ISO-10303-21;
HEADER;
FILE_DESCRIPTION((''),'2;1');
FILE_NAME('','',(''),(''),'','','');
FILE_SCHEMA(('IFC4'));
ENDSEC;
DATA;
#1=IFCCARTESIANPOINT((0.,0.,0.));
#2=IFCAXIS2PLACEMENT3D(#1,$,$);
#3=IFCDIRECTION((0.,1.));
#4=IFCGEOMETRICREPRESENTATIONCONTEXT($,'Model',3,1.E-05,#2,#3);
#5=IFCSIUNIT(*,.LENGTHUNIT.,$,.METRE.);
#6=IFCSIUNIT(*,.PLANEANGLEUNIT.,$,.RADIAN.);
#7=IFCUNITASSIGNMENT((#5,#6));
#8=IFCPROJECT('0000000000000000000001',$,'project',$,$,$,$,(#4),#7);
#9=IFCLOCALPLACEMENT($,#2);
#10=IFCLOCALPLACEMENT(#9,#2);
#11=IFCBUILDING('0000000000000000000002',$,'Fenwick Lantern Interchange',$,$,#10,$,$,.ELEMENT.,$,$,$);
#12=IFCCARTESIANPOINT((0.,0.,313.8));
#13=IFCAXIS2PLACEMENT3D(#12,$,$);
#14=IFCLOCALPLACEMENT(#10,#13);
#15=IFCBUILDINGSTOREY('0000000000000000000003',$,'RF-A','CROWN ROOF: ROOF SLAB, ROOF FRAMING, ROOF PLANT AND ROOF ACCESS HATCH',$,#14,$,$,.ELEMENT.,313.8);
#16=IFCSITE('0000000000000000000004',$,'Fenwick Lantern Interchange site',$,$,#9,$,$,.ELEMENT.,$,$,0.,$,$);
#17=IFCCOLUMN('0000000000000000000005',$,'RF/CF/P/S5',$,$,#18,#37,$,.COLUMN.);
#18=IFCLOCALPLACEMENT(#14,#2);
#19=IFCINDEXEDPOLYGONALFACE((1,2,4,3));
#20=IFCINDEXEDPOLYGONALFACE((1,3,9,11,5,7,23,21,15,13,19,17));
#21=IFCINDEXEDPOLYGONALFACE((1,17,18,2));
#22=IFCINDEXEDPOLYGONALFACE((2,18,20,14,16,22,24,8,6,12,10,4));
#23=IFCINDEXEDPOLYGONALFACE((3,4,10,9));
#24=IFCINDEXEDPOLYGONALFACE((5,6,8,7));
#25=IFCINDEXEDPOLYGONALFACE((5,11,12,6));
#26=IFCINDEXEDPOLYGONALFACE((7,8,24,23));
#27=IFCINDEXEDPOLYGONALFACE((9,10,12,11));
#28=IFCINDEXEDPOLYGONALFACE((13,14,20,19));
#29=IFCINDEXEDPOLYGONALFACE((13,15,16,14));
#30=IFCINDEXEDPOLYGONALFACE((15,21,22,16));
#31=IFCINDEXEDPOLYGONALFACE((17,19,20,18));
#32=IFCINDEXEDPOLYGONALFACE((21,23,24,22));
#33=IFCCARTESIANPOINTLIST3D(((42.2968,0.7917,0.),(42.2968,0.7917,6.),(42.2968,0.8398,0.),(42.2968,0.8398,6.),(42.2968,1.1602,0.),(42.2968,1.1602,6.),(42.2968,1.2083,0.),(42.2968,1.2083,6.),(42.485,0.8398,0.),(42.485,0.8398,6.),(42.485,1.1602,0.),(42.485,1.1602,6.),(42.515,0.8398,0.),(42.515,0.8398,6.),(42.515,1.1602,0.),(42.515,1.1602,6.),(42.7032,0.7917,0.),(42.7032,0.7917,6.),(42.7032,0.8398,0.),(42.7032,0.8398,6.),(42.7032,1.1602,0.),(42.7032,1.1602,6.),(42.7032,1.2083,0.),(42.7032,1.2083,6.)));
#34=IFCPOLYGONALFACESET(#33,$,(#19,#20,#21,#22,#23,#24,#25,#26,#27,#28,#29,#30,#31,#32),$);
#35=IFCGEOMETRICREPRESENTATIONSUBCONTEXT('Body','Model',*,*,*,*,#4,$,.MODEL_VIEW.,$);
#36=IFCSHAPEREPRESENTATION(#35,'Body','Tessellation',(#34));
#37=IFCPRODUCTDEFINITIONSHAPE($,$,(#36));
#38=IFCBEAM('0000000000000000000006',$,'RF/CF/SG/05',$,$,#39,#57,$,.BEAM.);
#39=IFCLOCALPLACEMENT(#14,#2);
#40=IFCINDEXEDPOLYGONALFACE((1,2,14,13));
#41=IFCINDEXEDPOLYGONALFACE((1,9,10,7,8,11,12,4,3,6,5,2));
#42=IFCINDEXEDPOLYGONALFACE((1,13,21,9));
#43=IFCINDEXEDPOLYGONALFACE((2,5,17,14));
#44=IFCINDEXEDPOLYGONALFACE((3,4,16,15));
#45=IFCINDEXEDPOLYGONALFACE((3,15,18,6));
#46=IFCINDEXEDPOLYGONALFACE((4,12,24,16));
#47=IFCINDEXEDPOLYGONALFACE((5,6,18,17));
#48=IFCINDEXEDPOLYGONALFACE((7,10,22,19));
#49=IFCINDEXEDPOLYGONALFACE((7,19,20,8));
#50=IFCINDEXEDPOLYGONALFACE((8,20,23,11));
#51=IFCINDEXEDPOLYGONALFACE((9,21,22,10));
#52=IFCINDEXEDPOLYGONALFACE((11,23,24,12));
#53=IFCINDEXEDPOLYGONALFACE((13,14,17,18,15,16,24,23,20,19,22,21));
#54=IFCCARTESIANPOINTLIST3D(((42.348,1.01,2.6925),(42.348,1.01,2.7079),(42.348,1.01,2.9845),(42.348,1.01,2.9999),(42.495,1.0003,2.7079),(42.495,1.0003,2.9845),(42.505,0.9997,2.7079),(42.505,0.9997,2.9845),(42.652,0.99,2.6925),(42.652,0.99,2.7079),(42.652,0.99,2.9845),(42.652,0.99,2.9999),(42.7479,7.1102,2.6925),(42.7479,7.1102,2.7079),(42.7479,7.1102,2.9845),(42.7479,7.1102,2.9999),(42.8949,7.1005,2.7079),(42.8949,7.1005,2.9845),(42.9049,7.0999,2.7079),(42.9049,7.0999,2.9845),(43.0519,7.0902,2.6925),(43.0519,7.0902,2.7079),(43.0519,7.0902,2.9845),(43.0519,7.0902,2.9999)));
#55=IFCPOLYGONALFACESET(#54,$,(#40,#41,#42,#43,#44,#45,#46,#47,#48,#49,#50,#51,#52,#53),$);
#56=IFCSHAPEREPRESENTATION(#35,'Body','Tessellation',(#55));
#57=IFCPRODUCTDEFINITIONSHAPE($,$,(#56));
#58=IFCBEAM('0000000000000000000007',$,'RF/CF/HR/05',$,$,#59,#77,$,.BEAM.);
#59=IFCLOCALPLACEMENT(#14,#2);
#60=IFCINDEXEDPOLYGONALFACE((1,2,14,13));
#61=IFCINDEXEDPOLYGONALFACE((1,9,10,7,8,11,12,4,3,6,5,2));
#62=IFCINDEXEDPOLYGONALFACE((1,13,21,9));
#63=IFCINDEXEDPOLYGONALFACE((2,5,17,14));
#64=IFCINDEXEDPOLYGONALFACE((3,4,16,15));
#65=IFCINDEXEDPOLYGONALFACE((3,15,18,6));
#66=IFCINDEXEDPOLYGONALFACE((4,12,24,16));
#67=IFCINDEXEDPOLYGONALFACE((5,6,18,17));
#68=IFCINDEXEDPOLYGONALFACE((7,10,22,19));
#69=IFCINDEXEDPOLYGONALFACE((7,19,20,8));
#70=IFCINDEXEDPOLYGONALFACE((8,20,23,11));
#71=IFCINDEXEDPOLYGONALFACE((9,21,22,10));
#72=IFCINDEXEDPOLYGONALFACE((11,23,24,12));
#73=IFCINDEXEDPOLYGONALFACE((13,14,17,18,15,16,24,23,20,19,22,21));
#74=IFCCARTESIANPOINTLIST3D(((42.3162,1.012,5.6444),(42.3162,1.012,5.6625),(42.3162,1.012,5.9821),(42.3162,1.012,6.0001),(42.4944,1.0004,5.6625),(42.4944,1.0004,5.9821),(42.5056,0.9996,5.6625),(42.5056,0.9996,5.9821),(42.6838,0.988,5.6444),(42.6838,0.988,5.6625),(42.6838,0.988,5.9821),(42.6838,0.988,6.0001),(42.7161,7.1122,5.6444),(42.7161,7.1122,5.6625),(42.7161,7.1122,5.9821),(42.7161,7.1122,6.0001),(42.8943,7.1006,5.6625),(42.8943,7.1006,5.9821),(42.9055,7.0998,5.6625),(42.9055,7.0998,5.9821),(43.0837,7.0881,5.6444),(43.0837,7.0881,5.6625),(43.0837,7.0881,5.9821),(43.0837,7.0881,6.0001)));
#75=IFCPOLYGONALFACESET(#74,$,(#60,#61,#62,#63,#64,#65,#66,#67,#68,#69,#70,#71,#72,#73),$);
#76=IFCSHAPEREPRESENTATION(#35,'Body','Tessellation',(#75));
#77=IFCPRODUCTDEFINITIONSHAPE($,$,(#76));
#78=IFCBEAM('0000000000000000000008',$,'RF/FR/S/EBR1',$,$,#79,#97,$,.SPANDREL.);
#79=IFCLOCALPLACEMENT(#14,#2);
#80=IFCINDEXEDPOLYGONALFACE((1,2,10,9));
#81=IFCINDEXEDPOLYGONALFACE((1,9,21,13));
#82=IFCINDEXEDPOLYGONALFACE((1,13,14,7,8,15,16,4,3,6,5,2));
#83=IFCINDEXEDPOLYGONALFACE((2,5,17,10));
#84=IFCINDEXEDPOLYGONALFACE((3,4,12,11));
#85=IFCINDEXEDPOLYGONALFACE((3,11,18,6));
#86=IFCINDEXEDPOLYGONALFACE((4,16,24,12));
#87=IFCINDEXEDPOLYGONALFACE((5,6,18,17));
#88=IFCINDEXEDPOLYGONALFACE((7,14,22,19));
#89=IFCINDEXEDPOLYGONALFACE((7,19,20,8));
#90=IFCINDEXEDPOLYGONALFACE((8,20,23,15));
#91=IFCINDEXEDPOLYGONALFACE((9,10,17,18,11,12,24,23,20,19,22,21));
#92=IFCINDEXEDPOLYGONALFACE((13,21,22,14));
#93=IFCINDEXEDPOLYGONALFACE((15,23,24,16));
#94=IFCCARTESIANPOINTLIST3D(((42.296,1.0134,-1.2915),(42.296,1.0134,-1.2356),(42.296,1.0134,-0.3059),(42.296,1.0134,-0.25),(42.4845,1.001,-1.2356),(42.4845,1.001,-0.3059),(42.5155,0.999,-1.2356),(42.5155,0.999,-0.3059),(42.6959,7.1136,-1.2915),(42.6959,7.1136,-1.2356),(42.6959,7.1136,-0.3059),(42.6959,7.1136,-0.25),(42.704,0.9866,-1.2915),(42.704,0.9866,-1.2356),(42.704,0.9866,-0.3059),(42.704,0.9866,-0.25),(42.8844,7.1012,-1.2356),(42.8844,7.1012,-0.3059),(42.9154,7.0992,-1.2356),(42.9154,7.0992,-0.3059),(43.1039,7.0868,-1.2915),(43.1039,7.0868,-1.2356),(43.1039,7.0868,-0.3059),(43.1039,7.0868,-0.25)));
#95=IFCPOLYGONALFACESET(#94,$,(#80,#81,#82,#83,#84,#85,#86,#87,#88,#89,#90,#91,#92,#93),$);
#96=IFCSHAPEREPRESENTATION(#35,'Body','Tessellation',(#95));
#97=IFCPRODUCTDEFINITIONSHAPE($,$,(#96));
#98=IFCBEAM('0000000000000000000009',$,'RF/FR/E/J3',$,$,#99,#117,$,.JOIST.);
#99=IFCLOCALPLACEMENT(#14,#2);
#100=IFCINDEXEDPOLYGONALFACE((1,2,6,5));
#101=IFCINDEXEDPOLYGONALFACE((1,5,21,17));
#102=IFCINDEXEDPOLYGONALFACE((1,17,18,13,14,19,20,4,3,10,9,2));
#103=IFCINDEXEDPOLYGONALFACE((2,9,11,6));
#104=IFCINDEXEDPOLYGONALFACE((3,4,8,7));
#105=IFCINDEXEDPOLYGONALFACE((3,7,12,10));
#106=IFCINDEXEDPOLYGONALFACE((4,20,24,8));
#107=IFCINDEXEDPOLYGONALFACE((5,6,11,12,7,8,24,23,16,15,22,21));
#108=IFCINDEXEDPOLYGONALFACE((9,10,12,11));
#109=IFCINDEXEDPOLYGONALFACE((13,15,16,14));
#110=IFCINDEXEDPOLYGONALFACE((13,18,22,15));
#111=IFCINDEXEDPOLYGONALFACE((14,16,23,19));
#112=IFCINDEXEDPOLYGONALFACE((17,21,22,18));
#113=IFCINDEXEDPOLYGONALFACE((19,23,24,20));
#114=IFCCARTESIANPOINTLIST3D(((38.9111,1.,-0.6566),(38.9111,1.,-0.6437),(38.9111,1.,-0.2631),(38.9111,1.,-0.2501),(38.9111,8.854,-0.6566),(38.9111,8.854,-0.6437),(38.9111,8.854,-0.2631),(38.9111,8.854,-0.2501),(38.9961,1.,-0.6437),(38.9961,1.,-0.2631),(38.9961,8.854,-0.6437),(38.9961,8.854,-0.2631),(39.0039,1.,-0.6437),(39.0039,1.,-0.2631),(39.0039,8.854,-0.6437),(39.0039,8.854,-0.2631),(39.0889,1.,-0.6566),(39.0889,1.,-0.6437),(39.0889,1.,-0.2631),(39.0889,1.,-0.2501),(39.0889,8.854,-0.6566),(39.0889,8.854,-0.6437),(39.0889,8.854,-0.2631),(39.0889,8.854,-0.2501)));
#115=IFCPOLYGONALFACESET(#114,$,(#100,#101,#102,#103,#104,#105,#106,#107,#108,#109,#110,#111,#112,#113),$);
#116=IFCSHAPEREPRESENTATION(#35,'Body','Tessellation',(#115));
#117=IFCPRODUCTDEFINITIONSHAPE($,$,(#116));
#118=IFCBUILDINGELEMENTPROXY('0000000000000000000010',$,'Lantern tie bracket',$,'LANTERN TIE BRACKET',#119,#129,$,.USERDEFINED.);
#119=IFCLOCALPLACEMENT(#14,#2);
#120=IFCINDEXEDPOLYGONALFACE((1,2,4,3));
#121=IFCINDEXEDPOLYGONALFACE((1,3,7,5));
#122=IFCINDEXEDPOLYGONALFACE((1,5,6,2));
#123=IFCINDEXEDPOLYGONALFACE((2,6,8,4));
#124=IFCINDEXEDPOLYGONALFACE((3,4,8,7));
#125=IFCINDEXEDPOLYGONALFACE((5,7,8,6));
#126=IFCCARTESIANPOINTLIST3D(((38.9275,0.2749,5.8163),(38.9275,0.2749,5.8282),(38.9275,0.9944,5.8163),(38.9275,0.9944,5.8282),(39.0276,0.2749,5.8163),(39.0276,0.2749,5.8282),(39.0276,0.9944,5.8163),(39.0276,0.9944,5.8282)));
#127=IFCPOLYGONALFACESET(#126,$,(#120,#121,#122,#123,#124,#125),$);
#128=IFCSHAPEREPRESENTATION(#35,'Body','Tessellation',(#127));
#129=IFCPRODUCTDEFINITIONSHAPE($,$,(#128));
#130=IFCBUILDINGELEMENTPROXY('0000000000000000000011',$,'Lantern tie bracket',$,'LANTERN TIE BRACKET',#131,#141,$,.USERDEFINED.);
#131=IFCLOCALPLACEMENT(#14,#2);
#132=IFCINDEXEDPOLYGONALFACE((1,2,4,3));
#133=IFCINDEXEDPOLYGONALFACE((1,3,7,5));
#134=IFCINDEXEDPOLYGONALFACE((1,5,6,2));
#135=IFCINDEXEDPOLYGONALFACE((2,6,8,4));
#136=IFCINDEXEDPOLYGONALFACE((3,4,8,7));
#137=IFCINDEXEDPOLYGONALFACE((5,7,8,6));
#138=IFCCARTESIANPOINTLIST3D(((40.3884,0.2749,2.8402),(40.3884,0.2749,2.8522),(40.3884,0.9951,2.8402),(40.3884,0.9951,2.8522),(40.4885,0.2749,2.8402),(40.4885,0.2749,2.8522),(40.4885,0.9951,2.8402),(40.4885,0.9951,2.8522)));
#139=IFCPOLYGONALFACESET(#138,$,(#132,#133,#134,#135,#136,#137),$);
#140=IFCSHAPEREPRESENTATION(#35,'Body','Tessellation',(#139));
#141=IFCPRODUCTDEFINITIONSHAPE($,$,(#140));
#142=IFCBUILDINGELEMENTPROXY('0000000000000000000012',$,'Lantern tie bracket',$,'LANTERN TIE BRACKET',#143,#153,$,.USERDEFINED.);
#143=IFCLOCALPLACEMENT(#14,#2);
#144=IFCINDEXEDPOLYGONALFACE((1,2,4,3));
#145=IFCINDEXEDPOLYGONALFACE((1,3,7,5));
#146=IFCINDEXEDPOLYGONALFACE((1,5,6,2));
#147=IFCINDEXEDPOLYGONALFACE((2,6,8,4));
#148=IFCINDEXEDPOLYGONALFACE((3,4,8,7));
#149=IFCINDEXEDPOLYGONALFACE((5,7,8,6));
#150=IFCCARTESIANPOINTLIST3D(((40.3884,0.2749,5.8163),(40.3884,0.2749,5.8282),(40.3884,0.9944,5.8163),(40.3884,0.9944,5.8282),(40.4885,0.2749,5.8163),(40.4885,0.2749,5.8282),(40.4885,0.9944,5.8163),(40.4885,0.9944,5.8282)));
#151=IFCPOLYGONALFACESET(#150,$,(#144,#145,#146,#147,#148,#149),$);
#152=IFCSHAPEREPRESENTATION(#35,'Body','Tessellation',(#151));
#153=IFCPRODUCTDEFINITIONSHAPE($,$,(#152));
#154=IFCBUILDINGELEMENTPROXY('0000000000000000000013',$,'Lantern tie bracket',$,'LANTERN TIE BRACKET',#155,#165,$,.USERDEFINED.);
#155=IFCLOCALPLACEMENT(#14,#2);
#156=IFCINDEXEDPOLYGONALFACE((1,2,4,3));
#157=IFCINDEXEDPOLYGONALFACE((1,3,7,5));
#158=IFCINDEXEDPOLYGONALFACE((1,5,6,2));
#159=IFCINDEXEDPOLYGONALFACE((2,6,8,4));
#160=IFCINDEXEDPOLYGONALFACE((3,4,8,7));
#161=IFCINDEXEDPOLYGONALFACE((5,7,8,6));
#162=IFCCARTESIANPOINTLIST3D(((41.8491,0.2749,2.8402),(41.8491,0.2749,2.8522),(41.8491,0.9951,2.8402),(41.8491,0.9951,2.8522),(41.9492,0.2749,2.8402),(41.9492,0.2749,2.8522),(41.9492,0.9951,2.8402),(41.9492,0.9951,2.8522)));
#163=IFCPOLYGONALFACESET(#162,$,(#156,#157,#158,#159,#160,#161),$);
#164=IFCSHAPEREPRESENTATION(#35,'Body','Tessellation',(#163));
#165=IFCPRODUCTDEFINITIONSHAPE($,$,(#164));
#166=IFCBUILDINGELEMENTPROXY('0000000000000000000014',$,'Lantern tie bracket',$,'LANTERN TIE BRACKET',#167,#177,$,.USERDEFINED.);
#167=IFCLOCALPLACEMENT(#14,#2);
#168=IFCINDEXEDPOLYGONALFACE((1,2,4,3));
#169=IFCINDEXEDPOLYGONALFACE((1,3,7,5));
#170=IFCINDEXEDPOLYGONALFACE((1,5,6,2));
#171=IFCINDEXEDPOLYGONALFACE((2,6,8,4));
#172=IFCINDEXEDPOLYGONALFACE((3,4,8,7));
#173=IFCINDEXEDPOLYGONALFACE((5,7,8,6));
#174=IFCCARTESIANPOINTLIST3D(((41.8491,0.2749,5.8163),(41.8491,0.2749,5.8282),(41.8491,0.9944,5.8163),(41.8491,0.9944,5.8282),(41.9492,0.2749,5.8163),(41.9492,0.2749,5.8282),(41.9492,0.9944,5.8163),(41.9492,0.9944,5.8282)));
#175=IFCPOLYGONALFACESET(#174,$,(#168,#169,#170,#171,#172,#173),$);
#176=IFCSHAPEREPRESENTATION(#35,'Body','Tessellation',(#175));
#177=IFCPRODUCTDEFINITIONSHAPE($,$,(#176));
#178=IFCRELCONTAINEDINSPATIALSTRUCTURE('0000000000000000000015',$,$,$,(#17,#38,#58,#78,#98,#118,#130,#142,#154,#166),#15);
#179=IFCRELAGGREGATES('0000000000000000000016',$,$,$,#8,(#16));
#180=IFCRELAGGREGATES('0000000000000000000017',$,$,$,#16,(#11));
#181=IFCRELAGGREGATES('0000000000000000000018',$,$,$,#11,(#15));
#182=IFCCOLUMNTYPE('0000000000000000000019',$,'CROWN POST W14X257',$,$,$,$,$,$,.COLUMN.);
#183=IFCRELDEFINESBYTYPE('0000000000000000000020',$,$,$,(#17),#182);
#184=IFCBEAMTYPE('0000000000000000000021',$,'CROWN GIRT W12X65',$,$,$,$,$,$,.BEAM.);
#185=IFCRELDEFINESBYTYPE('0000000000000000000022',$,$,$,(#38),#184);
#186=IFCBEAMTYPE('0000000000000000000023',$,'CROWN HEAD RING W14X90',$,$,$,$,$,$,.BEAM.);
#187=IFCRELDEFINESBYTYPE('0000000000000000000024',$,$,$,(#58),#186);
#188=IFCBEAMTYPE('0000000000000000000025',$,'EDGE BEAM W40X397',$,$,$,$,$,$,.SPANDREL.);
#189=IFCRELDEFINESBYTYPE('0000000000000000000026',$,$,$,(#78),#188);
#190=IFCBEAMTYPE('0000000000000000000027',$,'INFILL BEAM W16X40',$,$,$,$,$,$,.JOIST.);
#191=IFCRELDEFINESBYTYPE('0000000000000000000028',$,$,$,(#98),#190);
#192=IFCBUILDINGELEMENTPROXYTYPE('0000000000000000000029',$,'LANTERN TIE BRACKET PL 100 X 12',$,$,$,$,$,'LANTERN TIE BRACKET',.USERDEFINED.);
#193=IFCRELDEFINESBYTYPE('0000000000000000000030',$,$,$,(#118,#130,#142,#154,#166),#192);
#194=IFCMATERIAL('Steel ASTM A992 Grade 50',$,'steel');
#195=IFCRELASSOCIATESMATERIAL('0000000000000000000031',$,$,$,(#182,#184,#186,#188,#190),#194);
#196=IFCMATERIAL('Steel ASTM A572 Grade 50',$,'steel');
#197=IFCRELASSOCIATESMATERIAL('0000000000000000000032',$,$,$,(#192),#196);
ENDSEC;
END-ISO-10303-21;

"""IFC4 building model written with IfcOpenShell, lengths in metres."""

from ifc_helpers import new_model, si_unit, direction, frame, origin, origin_2d, place, context, subcontext, project, spatial, rectangle, i_section, extrude, material, material_profile, profile_set, type_object, element, save


model = new_model("IFC4")

# Units and contexts
model_context = context("Model", 3, precision=1e-05, world=origin(), true_north=direction((0.0, 1.0)))
body_context = subcontext(model_context, "Body", "Model", "MODEL_VIEW")
ifc_project = project(units=[si_unit("LENGTHUNIT", "METRE"), si_unit("PLANEANGLEUNIT", "RADIAN")], contexts=[model_context])

# Site, building, storey
site_placement = place(None, origin())
site = spatial("IfcSite", under=ifc_project, at=site_placement, Name="Fenwick Lantern Interchange site", CompositionType="ELEMENT", RefElevation=0.0)
building_placement = place(site_placement, origin())
building = spatial("IfcBuilding", under=site, at=building_placement, Name="Fenwick Lantern Interchange", CompositionType="ELEMENT")
storey_placement = place(building_placement, frame((0.0, 0.0, 313.8)))
storey = spatial("IfcBuildingStorey", under=building, at=storey_placement, Name="RF-A", Description="CROWN ROOF: ROOF SLAB, ROOF FRAMING, ROOF PLANT AND ROOF ACCESS HATCH", CompositionType="ELEMENT", Elevation=313.8)

# Column
ifc_material_1 = material(Name="Steel ASTM A992 Grade 50", Category="steel")
ifc_material_profile_1 = material_profile(ifc_material_1, i_section(OverallWidth=0.4065, OverallDepth=0.4165, WebThickness=0.03, FlangeThickness=0.0481, at=origin_2d()), Name="W14X257")
ifc_profile_set_1 = profile_set([ifc_material_profile_1], Name="Steel ASTM A992 Grade 50")
column_type = type_object("IfcColumnType", Name="CROWN POST W14X257", PredefinedType="COLUMN", material=ifc_profile_set_1)
column_placement = place(storey_placement, frame((42.5, 1.0, 0.0), z_axis=(0.0, 0.0, 1.0), x_axis=(1.0, 0.0, 0.0)))
element("IfcColumn", 1, at=column_placement, inside=storey, type_object=column_type, Name="RF/CF/P/S5", PredefinedType="COLUMN", context=body_context, shape_type="SweptSolid", body=[
    extrude(i_section(OverallWidth=0.4065, OverallDepth=0.4165, WebThickness=0.03, FlangeThickness=0.0481, at=origin_2d()), origin(), (0.0, 0.0, 1.0), 6.0),
])

# Beams
ifc_material_profile_2 = material_profile(ifc_material_1, i_section(OverallWidth=0.3047, OverallDepth=0.3074, WebThickness=0.01, FlangeThickness=0.0154, at=origin_2d()), Name="W12X65")
ifc_profile_set_2 = profile_set([ifc_material_profile_2], Name="Steel ASTM A992 Grade 50")
beam_type_1 = type_object("IfcBeamType", Name="CROWN GIRT W12X65", PredefinedType="BEAM", material=ifc_profile_set_2)
beam_1_placement = place(storey_placement, frame((42.5, 1.0, 2.8462), z_axis=(0.065416, 0.997858, 0.0), x_axis=(-0.997858, 0.065416, 0.0)))
element("IfcBeam", 2, at=beam_1_placement, inside=storey, type_object=beam_type_1, Name="RF/CF/SG/05", PredefinedType="BEAM", context=body_context, shape_type="SweptSolid", body=[
    extrude(i_section(OverallWidth=0.3047, OverallDepth=0.3074, WebThickness=0.01, FlangeThickness=0.0154, at=origin_2d()), origin(), (0.0, 0.0, 1.0), 6.1133),
])
ifc_material_profile_3 = material_profile(ifc_material_1, i_section(OverallWidth=0.3684, OverallDepth=0.3557, WebThickness=0.0112, FlangeThickness=0.0181, at=origin_2d()), Name="W14X90")
ifc_profile_set_3 = profile_set([ifc_material_profile_3], Name="Steel ASTM A992 Grade 50")
beam_type_2 = type_object("IfcBeamType", Name="CROWN HEAD RING W14X90", PredefinedType="BEAM", material=ifc_profile_set_3)
beam_2_placement = place(storey_placement, frame((42.5, 1.0, 5.8223), z_axis=(0.065416, 0.997858, 0.0), x_axis=(-0.997858, 0.065416, 0.0)))
element("IfcBeam", 3, at=beam_2_placement, inside=storey, type_object=beam_type_2, Name="RF/CF/HR/05", PredefinedType="BEAM", context=body_context, shape_type="SweptSolid", body=[
    extrude(i_section(OverallWidth=0.3684, OverallDepth=0.3557, WebThickness=0.0112, FlangeThickness=0.0181, at=origin_2d()), origin(), (0.0, 0.0, 1.0), 6.1133),
])
ifc_material_profile_4 = material_profile(ifc_material_1, i_section(OverallWidth=0.4089, OverallDepth=1.0415, WebThickness=0.031, FlangeThickness=0.0559, at=origin_2d()), Name="W40X397")
ifc_profile_set_4 = profile_set([ifc_material_profile_4], Name="Steel ASTM A992 Grade 50")
beam_type_3 = type_object("IfcBeamType", Name="EDGE BEAM W40X397", PredefinedType="SPANDREL", material=ifc_profile_set_4)
beam_3_placement = place(storey_placement, frame((42.5, 1.0, -0.7708), z_axis=(0.065416, 0.997858, 0.0), x_axis=(-0.997858, 0.065416, 0.0)))
element("IfcBeam", 4, at=beam_3_placement, inside=storey, type_object=beam_type_3, Name="RF/FR/S/EBR1", PredefinedType="SPANDREL", context=body_context, shape_type="SweptSolid", body=[
    extrude(i_section(OverallWidth=0.4089, OverallDepth=1.0415, WebThickness=0.031, FlangeThickness=0.0559, at=origin_2d()), origin(), (0.0, 0.0, 1.0), 6.1133),
])
ifc_material_profile_5 = material_profile(ifc_material_1, i_section(OverallWidth=0.1777, OverallDepth=0.4065, WebThickness=0.0078, FlangeThickness=0.0129, at=origin_2d()), Name="W16X40")
ifc_profile_set_5 = profile_set([ifc_material_profile_5], Name="Steel ASTM A992 Grade 50")
beam_type_4 = type_object("IfcBeamType", Name="INFILL BEAM W16X40", PredefinedType="JOIST", material=ifc_profile_set_5)
beam_4_placement = place(storey_placement, frame((39.0, 1.0, -0.4534), z_axis=(0.0, 1.0, 0.0), x_axis=(-1.0, 0.0, 0.0)))
element("IfcBeam", 5, at=beam_4_placement, inside=storey, type_object=beam_type_4, Name="RF/FR/E/J3", PredefinedType="JOIST", context=body_context, shape_type="SweptSolid", body=[
    extrude(i_section(OverallWidth=0.1777, OverallDepth=0.4065, WebThickness=0.0078, FlangeThickness=0.0129, at=origin_2d()), origin(), (0.0, 0.0, 1.0), 7.854),
])

# Building element proxies
ifc_material_2 = material(Name="Steel ASTM A572 Grade 50", Category="steel")
ifc_material_profile_6 = material_profile(ifc_material_2, rectangle(XDim=0.1001, YDim=0.012, at=origin_2d()), Name="PL100X12")
ifc_profile_set_6 = profile_set([ifc_material_profile_6], Name="Steel ASTM A572 Grade 50")
building_element_proxy_type = type_object("IfcBuildingElementProxyType", Name="LANTERN TIE BRACKET PL 100 X 12", ElementType="LANTERN TIE BRACKET", PredefinedType="USERDEFINED", material=ifc_profile_set_6)
proxy_1_placement = place(storey_placement, frame((38.9775, 0.2749, 5.8223), z_axis=(0.0, 1.0, 0.0), x_axis=(-1.0, 0.0, 0.0)))
element("IfcBuildingElementProxy", 6, at=proxy_1_placement, inside=storey, type_object=building_element_proxy_type, Name="Lantern tie bracket", ObjectType="LANTERN TIE BRACKET", PredefinedType="USERDEFINED", context=body_context, shape_type="SweptSolid", body=[
    extrude(rectangle(XDim=0.1001, YDim=0.012, at=origin_2d()), origin(), (0.0, 0.0, 1.0), 0.7195),
])
proxy_2_placement = place(storey_placement, frame((40.4385, 0.2749, 2.8462), z_axis=(0.0, 1.0, 0.0), x_axis=(-1.0, 0.0, 0.0)))
element("IfcBuildingElementProxy", 7, at=proxy_2_placement, inside=storey, type_object=building_element_proxy_type, Name="Lantern tie bracket", ObjectType="LANTERN TIE BRACKET", PredefinedType="USERDEFINED", context=body_context, shape_type="SweptSolid", body=[
    extrude(rectangle(XDim=0.1001, YDim=0.012, at=origin_2d()), origin(), (0.0, 0.0, 1.0), 0.7202),
])
proxy_3_placement = place(storey_placement, frame((40.4385, 0.2749, 5.8223), z_axis=(0.0, 1.0, 0.0), x_axis=(-1.0, 0.0, 0.0)))
element("IfcBuildingElementProxy", 8, at=proxy_3_placement, inside=storey, type_object=building_element_proxy_type, Name="Lantern tie bracket", ObjectType="LANTERN TIE BRACKET", PredefinedType="USERDEFINED", context=body_context, shape_type="SweptSolid", body=[
    extrude(rectangle(XDim=0.1001, YDim=0.012, at=origin_2d()), origin(), (0.0, 0.0, 1.0), 0.7195),
])
proxy_4_placement = place(storey_placement, frame((41.8992, 0.2749, 2.8462), z_axis=(0.0, 1.0, 0.0), x_axis=(-1.0, 0.0, 0.0)))
element("IfcBuildingElementProxy", 9, at=proxy_4_placement, inside=storey, type_object=building_element_proxy_type, Name="Lantern tie bracket", ObjectType="LANTERN TIE BRACKET", PredefinedType="USERDEFINED", context=body_context, shape_type="SweptSolid", body=[
    extrude(rectangle(XDim=0.1001, YDim=0.012, at=origin_2d()), origin(), (0.0, 0.0, 1.0), 0.7202),
])
proxy_5_placement = place(storey_placement, frame((41.8992, 0.2749, 5.8223), z_axis=(0.0, 1.0, 0.0), x_axis=(-1.0, 0.0, 0.0)))
element("IfcBuildingElementProxy", 10, at=proxy_5_placement, inside=storey, type_object=building_element_proxy_type, Name="Lantern tie bracket", ObjectType="LANTERN TIE BRACKET", PredefinedType="USERDEFINED", context=body_context, shape_type="SweptSolid", body=[
    extrude(rectangle(XDim=0.1001, YDim=0.012, at=origin_2d()), origin(), (0.0, 0.0, 1.0), 0.7195),
])

save(model, "model.ifc")
